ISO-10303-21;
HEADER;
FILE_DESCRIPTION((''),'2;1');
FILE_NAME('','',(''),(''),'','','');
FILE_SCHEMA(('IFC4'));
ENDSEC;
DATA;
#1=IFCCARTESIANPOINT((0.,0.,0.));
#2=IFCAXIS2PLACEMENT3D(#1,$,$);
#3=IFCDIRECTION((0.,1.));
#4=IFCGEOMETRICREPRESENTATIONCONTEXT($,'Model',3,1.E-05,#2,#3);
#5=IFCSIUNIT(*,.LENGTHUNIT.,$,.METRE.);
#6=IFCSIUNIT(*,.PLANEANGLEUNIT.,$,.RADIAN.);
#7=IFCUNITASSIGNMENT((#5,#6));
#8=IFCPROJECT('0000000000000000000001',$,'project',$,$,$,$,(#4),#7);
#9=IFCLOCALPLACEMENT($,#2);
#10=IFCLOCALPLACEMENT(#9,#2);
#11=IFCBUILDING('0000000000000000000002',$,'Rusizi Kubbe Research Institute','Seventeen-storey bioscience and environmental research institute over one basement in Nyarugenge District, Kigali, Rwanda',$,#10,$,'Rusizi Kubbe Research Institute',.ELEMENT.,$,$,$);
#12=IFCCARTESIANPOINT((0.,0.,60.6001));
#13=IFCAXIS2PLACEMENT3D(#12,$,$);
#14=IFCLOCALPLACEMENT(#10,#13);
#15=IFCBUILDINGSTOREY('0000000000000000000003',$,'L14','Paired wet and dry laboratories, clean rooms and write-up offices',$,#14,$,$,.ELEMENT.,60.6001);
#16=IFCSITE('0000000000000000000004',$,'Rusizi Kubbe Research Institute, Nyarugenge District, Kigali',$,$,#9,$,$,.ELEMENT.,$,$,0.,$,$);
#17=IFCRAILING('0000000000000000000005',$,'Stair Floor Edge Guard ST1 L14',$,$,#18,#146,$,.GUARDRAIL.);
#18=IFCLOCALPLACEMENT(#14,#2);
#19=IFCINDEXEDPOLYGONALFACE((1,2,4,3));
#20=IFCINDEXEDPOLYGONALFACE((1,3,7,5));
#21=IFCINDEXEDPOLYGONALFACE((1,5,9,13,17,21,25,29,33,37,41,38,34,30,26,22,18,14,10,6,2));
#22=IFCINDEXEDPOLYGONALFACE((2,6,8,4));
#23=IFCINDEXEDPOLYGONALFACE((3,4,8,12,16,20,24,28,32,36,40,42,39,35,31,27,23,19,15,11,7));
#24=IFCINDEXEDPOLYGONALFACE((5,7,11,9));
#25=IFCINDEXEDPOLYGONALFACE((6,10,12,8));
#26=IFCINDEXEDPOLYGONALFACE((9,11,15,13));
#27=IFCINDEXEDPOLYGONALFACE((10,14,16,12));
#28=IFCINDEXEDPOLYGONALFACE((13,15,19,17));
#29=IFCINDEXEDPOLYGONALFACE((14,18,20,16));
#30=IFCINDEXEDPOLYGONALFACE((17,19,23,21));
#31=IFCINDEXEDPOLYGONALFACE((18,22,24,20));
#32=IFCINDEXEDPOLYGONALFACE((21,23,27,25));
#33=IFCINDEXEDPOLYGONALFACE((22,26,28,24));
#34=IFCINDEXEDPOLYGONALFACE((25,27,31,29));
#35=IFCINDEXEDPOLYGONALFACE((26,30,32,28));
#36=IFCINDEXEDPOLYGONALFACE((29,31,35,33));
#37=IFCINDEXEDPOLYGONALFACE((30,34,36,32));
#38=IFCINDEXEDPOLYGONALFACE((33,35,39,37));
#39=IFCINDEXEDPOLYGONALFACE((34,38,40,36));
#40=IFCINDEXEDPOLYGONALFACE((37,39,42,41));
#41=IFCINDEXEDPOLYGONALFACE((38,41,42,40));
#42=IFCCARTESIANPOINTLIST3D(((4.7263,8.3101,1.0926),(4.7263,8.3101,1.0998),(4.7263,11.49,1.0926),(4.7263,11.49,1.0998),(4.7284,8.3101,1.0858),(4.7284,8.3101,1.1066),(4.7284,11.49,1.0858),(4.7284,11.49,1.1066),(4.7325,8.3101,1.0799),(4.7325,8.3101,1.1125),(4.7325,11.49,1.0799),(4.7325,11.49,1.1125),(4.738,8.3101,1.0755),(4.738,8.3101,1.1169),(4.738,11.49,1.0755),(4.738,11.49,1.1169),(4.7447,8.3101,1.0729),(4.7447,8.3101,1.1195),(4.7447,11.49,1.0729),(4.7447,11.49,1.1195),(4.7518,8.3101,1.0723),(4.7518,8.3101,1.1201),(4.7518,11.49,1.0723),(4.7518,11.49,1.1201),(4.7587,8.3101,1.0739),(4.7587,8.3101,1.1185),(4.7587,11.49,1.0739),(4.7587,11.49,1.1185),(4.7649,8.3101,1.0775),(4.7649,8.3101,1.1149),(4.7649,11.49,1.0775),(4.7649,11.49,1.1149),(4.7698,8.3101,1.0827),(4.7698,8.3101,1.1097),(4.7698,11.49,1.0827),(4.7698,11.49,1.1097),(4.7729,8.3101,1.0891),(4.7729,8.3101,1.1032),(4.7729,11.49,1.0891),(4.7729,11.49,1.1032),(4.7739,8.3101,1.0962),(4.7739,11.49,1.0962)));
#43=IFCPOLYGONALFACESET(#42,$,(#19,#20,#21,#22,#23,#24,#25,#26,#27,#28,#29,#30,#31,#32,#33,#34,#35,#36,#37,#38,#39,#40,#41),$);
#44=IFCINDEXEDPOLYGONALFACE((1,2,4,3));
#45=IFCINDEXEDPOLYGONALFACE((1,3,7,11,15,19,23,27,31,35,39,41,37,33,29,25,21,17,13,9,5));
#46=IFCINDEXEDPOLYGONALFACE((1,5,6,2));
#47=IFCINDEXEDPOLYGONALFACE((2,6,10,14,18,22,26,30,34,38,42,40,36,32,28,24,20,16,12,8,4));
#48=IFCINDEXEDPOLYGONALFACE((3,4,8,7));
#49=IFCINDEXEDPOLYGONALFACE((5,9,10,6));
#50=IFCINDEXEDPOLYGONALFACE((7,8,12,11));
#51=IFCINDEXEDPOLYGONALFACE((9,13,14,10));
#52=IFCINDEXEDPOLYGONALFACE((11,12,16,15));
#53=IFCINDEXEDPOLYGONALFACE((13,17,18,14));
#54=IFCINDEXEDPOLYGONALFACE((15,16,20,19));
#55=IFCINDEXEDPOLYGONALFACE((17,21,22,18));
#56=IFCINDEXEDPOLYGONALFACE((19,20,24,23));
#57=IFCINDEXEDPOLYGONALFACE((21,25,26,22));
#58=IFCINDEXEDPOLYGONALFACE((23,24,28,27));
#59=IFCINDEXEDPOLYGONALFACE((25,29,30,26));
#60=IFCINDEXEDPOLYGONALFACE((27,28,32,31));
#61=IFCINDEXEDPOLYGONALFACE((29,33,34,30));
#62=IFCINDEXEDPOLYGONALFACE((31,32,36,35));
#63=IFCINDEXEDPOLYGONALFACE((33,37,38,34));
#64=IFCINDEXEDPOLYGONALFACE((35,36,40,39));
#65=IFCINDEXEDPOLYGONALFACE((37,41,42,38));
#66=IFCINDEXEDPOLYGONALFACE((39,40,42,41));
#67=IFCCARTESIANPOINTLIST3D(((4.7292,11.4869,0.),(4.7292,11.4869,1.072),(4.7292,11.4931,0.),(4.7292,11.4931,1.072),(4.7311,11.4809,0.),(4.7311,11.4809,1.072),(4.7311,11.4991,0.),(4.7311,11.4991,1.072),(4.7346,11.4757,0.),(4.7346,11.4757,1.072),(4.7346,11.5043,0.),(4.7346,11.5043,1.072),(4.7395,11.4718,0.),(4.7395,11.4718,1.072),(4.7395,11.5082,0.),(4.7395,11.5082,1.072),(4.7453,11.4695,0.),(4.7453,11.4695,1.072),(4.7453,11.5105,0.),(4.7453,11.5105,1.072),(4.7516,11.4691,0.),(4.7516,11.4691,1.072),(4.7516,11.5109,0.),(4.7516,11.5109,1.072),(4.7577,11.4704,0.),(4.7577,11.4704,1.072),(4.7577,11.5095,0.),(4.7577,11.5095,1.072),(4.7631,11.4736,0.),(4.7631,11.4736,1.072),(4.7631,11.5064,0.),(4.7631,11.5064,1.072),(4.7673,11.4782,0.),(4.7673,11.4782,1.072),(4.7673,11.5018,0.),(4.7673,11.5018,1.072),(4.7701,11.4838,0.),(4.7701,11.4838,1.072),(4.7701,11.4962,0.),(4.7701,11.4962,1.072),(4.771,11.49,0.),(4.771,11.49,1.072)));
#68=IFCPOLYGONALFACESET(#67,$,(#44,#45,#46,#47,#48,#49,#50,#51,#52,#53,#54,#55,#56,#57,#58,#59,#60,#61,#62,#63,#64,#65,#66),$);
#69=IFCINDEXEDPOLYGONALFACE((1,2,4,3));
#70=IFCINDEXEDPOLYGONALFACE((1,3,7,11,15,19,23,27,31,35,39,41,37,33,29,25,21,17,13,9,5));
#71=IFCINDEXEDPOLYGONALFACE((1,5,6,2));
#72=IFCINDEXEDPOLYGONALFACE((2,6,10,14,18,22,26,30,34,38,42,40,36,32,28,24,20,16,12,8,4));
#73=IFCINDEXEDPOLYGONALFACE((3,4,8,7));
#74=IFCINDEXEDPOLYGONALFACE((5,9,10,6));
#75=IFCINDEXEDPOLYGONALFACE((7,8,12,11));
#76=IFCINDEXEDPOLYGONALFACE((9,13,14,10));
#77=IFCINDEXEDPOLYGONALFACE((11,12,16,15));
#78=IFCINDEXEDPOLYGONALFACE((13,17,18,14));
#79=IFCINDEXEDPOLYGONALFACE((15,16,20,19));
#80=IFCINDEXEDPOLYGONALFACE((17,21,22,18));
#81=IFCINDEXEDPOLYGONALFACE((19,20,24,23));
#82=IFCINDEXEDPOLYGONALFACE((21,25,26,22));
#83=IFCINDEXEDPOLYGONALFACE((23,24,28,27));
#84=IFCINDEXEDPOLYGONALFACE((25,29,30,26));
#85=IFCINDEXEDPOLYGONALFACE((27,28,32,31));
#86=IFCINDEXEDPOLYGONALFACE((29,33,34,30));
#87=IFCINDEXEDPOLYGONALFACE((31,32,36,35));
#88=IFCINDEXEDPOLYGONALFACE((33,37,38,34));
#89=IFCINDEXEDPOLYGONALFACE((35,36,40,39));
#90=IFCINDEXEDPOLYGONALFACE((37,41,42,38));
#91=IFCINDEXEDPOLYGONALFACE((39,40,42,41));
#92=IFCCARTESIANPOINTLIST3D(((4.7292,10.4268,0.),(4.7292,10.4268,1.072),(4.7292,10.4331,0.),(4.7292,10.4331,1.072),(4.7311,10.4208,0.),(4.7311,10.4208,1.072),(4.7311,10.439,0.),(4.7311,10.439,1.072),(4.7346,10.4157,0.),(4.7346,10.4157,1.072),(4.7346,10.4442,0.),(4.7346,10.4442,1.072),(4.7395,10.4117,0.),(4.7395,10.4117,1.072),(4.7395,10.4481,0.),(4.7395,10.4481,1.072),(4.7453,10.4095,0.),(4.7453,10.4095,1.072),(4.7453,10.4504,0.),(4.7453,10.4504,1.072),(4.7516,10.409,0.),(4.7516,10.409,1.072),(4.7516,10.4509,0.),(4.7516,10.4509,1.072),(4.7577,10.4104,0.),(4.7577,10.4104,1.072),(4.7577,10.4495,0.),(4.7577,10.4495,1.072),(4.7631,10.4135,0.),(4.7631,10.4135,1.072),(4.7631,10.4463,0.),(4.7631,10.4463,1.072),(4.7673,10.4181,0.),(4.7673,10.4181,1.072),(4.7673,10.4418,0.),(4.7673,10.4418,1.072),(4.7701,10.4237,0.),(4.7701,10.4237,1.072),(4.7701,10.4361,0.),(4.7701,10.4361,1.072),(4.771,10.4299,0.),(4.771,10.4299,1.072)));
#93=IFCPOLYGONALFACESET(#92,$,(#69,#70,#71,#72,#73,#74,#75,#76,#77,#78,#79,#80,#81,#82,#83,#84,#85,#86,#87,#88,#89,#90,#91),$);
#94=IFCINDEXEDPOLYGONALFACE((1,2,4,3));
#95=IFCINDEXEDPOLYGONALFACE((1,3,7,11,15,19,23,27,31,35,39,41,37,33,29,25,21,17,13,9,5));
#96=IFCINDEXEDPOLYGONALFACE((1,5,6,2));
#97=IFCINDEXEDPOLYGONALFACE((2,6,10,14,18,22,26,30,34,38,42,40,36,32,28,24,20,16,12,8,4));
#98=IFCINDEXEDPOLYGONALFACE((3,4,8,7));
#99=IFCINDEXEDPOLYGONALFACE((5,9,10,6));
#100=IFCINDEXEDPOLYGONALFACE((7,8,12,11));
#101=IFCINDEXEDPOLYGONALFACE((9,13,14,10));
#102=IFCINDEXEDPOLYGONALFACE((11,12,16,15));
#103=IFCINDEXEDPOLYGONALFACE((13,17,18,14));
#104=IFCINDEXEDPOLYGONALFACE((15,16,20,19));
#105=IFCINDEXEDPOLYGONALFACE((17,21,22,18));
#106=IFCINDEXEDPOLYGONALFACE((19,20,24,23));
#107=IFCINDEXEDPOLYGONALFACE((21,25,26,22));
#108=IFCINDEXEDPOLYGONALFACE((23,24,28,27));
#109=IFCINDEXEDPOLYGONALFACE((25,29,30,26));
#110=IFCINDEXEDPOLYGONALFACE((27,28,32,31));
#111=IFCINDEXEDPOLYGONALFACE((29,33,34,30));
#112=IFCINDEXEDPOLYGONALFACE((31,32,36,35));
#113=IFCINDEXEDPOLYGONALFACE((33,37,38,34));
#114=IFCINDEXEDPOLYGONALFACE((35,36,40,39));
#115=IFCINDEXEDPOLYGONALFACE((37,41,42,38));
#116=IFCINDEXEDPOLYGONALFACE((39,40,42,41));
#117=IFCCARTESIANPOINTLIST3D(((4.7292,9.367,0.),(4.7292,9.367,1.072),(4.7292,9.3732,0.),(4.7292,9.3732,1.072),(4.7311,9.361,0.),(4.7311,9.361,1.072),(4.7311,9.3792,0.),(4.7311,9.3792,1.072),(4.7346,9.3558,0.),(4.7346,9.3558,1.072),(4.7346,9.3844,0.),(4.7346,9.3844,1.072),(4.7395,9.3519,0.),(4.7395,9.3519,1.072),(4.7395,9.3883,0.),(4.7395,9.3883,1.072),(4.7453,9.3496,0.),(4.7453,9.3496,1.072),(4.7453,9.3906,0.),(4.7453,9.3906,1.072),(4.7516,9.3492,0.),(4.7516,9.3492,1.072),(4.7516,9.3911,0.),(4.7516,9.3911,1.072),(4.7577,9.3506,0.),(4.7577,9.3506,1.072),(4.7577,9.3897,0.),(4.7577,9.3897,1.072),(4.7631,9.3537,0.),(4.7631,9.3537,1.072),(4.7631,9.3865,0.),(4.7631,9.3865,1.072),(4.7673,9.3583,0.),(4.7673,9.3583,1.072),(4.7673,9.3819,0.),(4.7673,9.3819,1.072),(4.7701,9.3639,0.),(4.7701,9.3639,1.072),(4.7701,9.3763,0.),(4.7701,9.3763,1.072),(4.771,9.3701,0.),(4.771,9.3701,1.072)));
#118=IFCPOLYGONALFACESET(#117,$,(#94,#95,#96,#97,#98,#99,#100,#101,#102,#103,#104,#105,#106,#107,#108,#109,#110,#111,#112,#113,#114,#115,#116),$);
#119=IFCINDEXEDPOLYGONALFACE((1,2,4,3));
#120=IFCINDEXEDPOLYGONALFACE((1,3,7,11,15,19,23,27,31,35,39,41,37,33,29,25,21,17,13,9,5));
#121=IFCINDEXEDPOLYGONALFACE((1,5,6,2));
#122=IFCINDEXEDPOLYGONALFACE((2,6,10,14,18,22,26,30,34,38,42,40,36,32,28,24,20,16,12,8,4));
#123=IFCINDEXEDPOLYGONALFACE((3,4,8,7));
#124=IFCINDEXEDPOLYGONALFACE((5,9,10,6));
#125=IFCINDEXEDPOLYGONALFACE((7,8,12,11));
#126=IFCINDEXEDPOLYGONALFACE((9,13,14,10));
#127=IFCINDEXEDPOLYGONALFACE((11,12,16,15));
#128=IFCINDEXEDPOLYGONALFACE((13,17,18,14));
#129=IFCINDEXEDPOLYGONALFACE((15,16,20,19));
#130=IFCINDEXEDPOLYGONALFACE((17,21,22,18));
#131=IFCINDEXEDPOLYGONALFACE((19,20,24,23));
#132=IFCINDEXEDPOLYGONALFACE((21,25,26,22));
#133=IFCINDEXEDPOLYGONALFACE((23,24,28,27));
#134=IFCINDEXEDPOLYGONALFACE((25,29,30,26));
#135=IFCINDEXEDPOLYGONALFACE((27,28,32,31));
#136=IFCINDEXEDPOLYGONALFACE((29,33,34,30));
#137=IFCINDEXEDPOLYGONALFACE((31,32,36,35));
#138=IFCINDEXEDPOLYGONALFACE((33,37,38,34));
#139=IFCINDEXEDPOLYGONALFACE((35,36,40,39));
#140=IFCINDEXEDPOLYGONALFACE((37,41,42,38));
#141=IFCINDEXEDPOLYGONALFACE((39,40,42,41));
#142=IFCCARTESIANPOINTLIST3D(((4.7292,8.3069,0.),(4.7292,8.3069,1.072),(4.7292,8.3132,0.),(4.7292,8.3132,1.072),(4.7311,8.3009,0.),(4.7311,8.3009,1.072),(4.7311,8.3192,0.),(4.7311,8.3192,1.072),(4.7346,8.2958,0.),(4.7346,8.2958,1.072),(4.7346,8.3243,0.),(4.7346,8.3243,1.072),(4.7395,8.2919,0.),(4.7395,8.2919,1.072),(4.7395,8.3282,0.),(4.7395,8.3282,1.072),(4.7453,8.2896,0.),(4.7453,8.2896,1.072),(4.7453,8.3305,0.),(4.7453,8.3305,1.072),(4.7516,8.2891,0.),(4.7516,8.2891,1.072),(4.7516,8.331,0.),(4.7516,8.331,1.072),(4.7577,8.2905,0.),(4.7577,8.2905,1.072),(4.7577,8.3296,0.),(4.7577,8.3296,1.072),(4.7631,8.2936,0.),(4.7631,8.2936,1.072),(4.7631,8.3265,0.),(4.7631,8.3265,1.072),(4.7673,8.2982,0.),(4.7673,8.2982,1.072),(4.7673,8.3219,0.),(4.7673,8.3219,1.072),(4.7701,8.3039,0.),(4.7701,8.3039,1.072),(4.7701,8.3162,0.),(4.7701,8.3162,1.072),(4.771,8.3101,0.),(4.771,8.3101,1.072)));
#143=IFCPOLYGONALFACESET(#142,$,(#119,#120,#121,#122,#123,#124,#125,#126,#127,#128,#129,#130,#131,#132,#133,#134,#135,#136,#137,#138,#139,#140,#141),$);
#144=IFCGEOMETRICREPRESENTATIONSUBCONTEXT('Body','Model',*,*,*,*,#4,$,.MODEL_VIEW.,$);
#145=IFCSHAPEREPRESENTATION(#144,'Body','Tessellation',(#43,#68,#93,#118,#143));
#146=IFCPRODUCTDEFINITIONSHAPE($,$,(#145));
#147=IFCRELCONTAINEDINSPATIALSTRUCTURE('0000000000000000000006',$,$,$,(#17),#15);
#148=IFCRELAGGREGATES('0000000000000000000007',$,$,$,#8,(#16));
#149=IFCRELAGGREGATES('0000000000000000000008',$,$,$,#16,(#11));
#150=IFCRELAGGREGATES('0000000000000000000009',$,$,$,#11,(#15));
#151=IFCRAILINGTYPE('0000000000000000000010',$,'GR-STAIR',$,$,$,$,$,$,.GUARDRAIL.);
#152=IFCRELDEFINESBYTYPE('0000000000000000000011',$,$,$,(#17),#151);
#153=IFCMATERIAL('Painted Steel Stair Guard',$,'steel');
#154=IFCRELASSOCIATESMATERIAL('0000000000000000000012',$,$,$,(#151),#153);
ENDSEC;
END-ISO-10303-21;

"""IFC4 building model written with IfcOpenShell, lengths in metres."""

from ifc_helpers import new_model, si_unit, direction, frame, origin, origin_2d, place, context, subcontext, project, spatial, circle, extrude, material, type_object, element, save


model = new_model("IFC4")

# Units and contexts
model_context = context("Model", 3, precision=1e-05, world=origin(), true_north=direction((0.0, 1.0)))
body_context = subcontext(model_context, "Body", "Model", "MODEL_VIEW")
ifc_project = project(units=[si_unit("LENGTHUNIT", "METRE"), si_unit("PLANEANGLEUNIT", "RADIAN")], contexts=[model_context])

# Site, building, storey
site_placement = place(None, origin())
site = spatial("IfcSite", under=ifc_project, at=site_placement, Name="Rusizi Kubbe Research Institute, Nyarugenge District, Kigali", CompositionType="ELEMENT", RefElevation=0.0)
building_placement = place(site_placement, origin())
building = spatial("IfcBuilding", under=site, at=building_placement, Name="Rusizi Kubbe Research Institute", Description="Seventeen-storey bioscience and environmental research institute over one basement in Nyarugenge District, Kigali, Rwanda", LongName="Rusizi Kubbe Research Institute", CompositionType="ELEMENT")
storey_placement = place(building_placement, frame((0.0, 0.0, 60.6001)))
storey = spatial("IfcBuildingStorey", under=building, at=storey_placement, Name="L14", Description="Paired wet and dry laboratories, clean rooms and write-up offices", CompositionType="ELEMENT", Elevation=60.6001)

# Railing
ifc_material_1 = material(Name="Painted Steel Stair Guard", Category="steel")
railing_type_1 = type_object("IfcRailingType", Name="GR-STAIR", PredefinedType="GUARDRAIL", material=ifc_material_1)
railing_1_placement = place(storey_placement, frame((4.75, 11.49, 0.0)))
element("IfcRailing", 1, at=railing_1_placement, inside=storey, type_object=railing_type_1, Name="Stair Floor Edge Guard ST1 L14", PredefinedType="GUARDRAIL", context=body_context, shape_type="SweptSolid", body=[
    extrude(circle(Radius=0.0239, at=origin_2d()), frame((0.0, 0.0, 1.0962), z_axis=(0.0, -1.0, 0.0), x_axis=(1.0, 0.0, 0.0)), (0.0, 0.0, 1.0), 3.1799),
    extrude(circle(Radius=0.021, at=origin_2d()), origin(), (0.0, 0.0, 1.0), 1.072),
    extrude(circle(Radius=0.021, at=origin_2d()), frame((0.0, -1.0601, 0.0)), (0.0, 0.0, 1.0), 1.072),
    extrude(circle(Radius=0.021, at=origin_2d()), frame((0.0, -2.1199, 0.0)), (0.0, 0.0, 1.0), 1.072),
    extrude(circle(Radius=0.021, at=origin_2d()), frame((0.0, -3.1799, 0.0)), (0.0, 0.0, 1.0), 1.072),
])

save(model, "model.ifc")
